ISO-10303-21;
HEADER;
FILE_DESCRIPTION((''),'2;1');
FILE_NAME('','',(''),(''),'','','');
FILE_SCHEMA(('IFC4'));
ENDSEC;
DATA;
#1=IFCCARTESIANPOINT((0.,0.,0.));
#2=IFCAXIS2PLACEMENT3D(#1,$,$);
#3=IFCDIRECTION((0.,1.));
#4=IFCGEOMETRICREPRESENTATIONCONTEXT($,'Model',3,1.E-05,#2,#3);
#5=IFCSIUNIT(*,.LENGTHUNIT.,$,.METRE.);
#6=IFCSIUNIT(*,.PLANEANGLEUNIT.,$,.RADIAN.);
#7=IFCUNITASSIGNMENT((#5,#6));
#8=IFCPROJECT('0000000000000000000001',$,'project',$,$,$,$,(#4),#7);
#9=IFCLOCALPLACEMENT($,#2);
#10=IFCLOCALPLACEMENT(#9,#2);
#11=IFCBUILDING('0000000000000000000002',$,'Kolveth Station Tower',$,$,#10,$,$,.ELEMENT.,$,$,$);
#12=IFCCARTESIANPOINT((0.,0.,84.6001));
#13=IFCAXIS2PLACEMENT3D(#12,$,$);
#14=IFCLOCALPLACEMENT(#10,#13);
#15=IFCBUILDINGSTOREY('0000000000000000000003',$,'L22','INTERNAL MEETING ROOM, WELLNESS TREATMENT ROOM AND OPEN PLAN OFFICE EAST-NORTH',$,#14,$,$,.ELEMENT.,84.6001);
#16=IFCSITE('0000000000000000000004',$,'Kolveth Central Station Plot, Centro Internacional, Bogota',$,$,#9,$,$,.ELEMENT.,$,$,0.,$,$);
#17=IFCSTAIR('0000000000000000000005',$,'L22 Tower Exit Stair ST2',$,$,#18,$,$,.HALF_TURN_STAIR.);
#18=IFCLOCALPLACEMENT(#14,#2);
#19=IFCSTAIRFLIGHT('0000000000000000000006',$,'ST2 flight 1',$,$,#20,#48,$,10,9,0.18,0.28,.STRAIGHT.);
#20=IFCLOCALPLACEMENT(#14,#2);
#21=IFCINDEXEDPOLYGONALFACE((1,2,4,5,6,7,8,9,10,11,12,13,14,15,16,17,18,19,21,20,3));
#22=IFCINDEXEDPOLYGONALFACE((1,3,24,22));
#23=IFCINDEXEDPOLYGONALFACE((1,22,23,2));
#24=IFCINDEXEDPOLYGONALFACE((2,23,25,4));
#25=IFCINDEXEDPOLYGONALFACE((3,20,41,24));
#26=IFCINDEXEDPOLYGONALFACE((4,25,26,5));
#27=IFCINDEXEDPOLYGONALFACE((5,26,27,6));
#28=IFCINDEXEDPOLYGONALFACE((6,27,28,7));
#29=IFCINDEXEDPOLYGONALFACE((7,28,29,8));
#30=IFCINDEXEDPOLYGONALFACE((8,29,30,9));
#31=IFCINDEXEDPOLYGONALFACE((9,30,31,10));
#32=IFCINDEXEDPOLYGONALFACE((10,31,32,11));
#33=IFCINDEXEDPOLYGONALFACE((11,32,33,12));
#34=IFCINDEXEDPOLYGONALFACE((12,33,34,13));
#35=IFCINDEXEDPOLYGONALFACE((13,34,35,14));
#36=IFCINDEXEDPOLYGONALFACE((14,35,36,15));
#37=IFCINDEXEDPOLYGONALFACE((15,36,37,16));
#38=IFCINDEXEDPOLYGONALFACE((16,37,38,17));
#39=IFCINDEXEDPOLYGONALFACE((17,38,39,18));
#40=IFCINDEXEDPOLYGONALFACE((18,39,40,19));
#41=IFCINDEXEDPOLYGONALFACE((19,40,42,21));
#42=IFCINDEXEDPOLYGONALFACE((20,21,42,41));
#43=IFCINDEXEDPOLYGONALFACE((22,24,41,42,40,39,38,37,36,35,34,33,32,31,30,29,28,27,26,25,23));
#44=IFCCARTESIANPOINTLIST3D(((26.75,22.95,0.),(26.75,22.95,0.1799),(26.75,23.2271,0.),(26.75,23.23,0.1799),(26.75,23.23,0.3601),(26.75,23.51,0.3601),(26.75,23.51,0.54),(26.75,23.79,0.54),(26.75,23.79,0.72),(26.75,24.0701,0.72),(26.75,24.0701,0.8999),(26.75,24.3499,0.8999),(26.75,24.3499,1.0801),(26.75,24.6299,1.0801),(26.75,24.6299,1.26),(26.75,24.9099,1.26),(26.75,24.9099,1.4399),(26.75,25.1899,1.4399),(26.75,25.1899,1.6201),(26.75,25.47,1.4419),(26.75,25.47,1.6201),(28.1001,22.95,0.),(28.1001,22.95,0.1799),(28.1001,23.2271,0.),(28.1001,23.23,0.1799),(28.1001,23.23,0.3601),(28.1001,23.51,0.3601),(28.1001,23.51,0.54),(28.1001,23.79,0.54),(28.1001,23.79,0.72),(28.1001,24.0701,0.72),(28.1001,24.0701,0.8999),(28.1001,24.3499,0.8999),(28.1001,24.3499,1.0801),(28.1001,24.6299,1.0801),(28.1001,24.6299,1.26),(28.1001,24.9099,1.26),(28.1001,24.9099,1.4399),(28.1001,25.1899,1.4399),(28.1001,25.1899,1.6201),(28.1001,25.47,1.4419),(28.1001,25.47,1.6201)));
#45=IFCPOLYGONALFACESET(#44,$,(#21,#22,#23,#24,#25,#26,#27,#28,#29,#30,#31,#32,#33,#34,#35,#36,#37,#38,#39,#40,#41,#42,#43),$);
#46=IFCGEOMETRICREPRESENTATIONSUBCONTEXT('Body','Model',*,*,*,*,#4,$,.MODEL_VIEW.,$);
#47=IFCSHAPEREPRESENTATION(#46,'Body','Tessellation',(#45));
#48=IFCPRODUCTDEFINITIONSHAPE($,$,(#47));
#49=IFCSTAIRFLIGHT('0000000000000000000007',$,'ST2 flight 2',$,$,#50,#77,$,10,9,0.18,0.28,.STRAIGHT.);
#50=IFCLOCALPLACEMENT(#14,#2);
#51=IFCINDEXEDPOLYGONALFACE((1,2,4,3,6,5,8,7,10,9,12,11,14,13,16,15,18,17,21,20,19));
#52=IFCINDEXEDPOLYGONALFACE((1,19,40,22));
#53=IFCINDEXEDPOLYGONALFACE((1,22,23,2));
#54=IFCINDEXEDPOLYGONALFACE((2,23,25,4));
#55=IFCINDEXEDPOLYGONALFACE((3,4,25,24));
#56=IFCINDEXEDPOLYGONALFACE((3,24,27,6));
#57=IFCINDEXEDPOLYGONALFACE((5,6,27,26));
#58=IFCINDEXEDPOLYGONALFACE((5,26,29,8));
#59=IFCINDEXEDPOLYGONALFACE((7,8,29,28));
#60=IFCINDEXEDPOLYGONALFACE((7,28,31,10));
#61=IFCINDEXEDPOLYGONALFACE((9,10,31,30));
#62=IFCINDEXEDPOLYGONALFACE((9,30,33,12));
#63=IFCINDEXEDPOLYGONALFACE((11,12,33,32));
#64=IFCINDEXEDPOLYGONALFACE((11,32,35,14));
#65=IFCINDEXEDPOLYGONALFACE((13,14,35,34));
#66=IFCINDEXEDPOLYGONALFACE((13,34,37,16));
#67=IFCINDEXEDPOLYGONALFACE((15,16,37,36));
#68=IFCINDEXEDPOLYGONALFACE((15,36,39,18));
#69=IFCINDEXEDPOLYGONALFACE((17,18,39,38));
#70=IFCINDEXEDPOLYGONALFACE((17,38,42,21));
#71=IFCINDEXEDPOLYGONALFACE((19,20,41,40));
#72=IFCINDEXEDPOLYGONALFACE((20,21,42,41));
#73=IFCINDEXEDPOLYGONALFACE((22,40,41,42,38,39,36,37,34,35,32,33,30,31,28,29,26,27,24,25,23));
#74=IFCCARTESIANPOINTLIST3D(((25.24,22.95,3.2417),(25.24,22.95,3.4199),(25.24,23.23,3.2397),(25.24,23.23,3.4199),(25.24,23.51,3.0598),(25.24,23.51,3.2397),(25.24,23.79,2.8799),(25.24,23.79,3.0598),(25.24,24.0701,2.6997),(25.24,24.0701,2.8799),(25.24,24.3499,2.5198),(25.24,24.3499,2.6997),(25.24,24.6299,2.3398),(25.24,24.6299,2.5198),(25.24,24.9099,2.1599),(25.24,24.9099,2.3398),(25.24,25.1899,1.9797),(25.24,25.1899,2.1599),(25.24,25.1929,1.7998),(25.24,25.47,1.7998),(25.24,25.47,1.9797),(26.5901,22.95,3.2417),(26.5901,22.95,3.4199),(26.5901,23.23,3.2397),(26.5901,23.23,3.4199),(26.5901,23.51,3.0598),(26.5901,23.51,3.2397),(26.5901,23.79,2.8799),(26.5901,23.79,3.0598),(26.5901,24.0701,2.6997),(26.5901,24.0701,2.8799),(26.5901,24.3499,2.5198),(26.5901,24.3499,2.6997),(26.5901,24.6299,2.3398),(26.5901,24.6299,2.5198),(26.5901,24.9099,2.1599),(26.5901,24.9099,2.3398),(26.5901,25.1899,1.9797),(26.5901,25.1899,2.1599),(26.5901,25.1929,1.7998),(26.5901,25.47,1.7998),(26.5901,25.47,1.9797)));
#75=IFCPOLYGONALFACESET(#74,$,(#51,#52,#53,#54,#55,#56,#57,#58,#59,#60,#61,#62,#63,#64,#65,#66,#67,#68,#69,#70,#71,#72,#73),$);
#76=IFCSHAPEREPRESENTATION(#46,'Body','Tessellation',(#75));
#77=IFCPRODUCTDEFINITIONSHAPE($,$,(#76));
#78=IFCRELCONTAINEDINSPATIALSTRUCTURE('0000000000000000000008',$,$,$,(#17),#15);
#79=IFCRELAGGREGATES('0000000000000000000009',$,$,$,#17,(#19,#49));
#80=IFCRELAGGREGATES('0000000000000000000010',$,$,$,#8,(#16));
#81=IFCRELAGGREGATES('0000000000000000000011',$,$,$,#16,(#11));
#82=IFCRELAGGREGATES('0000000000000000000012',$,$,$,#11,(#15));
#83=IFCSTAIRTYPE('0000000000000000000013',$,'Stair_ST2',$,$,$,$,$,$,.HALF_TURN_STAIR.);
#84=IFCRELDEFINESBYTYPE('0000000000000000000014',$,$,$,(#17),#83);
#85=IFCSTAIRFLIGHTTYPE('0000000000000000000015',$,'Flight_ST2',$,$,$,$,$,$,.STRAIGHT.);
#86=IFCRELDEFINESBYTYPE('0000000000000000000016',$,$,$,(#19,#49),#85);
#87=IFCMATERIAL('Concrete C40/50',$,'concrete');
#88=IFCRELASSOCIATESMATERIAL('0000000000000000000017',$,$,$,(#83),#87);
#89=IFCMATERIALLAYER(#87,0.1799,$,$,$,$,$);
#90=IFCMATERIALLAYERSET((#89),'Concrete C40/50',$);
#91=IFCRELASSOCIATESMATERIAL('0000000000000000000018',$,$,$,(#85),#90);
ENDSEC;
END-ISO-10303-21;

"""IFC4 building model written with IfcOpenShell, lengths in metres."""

from ifc_helpers import new_model, si_unit, direction, frame, origin, place, context, subcontext, project, spatial, polyline, outline, extrude, material, layer, layer_set, type_object, element, aggregate, save


model = new_model("IFC4")

# Units and contexts
model_context = context("Model", 3, precision=1e-05, world=origin(), true_north=direction((0.0, 1.0)))
body_context = subcontext(model_context, "Body", "Model", "MODEL_VIEW")
ifc_project = project(units=[si_unit("LENGTHUNIT", "METRE"), si_unit("PLANEANGLEUNIT", "RADIAN")], contexts=[model_context])

# Site, building, storey
site_placement = place(None, origin())
site = spatial("IfcSite", under=ifc_project, at=site_placement, Name="Kolveth Central Station Plot, Centro Internacional, Bogota", CompositionType="ELEMENT", RefElevation=0.0)
building_placement = place(site_placement, origin())
building = spatial("IfcBuilding", under=site, at=building_placement, Name="Kolveth Station Tower", CompositionType="ELEMENT")
storey_placement = place(building_placement, frame((0.0, 0.0, 84.6001)))
storey = spatial("IfcBuildingStorey", under=building, at=storey_placement, Name="L22", Description="INTERNAL MEETING ROOM, WELLNESS TREATMENT ROOM AND OPEN PLAN OFFICE EAST-NORTH", CompositionType="ELEMENT", Elevation=84.6001)

# Shared definitions
ifc_material_1 = material(Name="Concrete C40/50", Category="concrete")

# Stair, stair flights
stair_type = type_object("IfcStairType", Name="Stair_ST2", PredefinedType="HALF_TURN_STAIR", material=ifc_material_1)
stair_placement = place(storey_placement, origin())
stair = element("IfcStair", 1, at=stair_placement, inside=storey, type_object=stair_type, Name="L22 Tower Exit Stair ST2", PredefinedType="HALF_TURN_STAIR")
ifc_layer_1 = layer(ifc_material_1, 0.1799)
ifc_layer_set_1 = layer_set([ifc_layer_1], Name="Concrete C40/50")
stair_flight_type = type_object("IfcStairFlightType", Name="Flight_ST2", PredefinedType="STRAIGHT", material=ifc_layer_set_1)
stair_flight_1_placement = place(storey_placement, frame((27.425, 22.95, 0.0), z_axis=(0.0, 0.0, 1.0), x_axis=(0.0, 1.0, 0.0)))
stair_flight_1 = element("IfcStairFlight", 2, at=stair_flight_1_placement, type_object=stair_flight_type, Name="ST2 flight 1", NumberOfRisers=10, NumberOfTreads=9, PredefinedType="STRAIGHT", RiserHeight=0.18, TreadLength=0.28, context=body_context, shape_type="SweptSolid", body=[
    extrude(outline(polyline([(0.0, 0.0), (0.0, 0.1799), (0.28, 0.1799), (0.28, 0.3601), (0.5601, 0.3601), (0.5601, 0.54), (0.8401, 0.54), (0.8401, 0.72), (1.1201, 0.72), (1.1201, 0.8999), (1.3999, 0.8999), (1.3999, 1.0801), (1.6799, 1.0801), (1.6799, 1.26), (1.96, 1.26), (1.96, 1.4399), (2.24, 1.4399), (2.24, 1.6201), (2.52, 1.6201), (2.52, 1.8), (2.52, 1.4419), (0.2771, 0.0), (0.0, 0.0)])), frame((0.0, 0.675, 0.0), z_axis=(0.0, -1.0, 0.0), x_axis=(1.0, 0.0, 0.0)), (0.0, 0.0, 1.0), 1.3501),
])
stair_flight_2_placement = place(storey_placement, frame((25.915, 25.47, 1.7998), z_axis=(0.0, 0.0, 1.0), x_axis=(0.0, -1.0, 0.0)))
stair_flight_2 = element("IfcStairFlight", 3, at=stair_flight_2_placement, type_object=stair_flight_type, Name="ST2 flight 2", NumberOfRisers=10, NumberOfTreads=9, PredefinedType="STRAIGHT", RiserHeight=0.18, TreadLength=0.28, context=body_context, shape_type="SweptSolid", body=[
    extrude(outline(polyline([(0.0, 0.0), (0.0, 0.1799), (0.28, 0.1799), (0.28, 0.3601), (0.5601, 0.3601), (0.5601, 0.54), (0.8401, 0.54), (0.8401, 0.72), (1.1201, 0.72), (1.1201, 0.8999), (1.3999, 0.8999), (1.3999, 1.0801), (1.6799, 1.0801), (1.6799, 1.26), (1.96, 1.26), (1.96, 1.4399), (2.24, 1.4399), (2.24, 1.6201), (2.52, 1.6201), (2.52, 1.8), (2.52, 1.4419), (0.2771, 0.0), (0.0, 0.0)])), frame((0.0, 0.675, 0.0), z_axis=(0.0, -1.0, 0.0), x_axis=(1.0, 0.0, 0.0)), (0.0, 0.0, 1.0), 1.3501),
])
aggregate(stair, [stair_flight_1, stair_flight_2])

save(model, "model.ifc")
